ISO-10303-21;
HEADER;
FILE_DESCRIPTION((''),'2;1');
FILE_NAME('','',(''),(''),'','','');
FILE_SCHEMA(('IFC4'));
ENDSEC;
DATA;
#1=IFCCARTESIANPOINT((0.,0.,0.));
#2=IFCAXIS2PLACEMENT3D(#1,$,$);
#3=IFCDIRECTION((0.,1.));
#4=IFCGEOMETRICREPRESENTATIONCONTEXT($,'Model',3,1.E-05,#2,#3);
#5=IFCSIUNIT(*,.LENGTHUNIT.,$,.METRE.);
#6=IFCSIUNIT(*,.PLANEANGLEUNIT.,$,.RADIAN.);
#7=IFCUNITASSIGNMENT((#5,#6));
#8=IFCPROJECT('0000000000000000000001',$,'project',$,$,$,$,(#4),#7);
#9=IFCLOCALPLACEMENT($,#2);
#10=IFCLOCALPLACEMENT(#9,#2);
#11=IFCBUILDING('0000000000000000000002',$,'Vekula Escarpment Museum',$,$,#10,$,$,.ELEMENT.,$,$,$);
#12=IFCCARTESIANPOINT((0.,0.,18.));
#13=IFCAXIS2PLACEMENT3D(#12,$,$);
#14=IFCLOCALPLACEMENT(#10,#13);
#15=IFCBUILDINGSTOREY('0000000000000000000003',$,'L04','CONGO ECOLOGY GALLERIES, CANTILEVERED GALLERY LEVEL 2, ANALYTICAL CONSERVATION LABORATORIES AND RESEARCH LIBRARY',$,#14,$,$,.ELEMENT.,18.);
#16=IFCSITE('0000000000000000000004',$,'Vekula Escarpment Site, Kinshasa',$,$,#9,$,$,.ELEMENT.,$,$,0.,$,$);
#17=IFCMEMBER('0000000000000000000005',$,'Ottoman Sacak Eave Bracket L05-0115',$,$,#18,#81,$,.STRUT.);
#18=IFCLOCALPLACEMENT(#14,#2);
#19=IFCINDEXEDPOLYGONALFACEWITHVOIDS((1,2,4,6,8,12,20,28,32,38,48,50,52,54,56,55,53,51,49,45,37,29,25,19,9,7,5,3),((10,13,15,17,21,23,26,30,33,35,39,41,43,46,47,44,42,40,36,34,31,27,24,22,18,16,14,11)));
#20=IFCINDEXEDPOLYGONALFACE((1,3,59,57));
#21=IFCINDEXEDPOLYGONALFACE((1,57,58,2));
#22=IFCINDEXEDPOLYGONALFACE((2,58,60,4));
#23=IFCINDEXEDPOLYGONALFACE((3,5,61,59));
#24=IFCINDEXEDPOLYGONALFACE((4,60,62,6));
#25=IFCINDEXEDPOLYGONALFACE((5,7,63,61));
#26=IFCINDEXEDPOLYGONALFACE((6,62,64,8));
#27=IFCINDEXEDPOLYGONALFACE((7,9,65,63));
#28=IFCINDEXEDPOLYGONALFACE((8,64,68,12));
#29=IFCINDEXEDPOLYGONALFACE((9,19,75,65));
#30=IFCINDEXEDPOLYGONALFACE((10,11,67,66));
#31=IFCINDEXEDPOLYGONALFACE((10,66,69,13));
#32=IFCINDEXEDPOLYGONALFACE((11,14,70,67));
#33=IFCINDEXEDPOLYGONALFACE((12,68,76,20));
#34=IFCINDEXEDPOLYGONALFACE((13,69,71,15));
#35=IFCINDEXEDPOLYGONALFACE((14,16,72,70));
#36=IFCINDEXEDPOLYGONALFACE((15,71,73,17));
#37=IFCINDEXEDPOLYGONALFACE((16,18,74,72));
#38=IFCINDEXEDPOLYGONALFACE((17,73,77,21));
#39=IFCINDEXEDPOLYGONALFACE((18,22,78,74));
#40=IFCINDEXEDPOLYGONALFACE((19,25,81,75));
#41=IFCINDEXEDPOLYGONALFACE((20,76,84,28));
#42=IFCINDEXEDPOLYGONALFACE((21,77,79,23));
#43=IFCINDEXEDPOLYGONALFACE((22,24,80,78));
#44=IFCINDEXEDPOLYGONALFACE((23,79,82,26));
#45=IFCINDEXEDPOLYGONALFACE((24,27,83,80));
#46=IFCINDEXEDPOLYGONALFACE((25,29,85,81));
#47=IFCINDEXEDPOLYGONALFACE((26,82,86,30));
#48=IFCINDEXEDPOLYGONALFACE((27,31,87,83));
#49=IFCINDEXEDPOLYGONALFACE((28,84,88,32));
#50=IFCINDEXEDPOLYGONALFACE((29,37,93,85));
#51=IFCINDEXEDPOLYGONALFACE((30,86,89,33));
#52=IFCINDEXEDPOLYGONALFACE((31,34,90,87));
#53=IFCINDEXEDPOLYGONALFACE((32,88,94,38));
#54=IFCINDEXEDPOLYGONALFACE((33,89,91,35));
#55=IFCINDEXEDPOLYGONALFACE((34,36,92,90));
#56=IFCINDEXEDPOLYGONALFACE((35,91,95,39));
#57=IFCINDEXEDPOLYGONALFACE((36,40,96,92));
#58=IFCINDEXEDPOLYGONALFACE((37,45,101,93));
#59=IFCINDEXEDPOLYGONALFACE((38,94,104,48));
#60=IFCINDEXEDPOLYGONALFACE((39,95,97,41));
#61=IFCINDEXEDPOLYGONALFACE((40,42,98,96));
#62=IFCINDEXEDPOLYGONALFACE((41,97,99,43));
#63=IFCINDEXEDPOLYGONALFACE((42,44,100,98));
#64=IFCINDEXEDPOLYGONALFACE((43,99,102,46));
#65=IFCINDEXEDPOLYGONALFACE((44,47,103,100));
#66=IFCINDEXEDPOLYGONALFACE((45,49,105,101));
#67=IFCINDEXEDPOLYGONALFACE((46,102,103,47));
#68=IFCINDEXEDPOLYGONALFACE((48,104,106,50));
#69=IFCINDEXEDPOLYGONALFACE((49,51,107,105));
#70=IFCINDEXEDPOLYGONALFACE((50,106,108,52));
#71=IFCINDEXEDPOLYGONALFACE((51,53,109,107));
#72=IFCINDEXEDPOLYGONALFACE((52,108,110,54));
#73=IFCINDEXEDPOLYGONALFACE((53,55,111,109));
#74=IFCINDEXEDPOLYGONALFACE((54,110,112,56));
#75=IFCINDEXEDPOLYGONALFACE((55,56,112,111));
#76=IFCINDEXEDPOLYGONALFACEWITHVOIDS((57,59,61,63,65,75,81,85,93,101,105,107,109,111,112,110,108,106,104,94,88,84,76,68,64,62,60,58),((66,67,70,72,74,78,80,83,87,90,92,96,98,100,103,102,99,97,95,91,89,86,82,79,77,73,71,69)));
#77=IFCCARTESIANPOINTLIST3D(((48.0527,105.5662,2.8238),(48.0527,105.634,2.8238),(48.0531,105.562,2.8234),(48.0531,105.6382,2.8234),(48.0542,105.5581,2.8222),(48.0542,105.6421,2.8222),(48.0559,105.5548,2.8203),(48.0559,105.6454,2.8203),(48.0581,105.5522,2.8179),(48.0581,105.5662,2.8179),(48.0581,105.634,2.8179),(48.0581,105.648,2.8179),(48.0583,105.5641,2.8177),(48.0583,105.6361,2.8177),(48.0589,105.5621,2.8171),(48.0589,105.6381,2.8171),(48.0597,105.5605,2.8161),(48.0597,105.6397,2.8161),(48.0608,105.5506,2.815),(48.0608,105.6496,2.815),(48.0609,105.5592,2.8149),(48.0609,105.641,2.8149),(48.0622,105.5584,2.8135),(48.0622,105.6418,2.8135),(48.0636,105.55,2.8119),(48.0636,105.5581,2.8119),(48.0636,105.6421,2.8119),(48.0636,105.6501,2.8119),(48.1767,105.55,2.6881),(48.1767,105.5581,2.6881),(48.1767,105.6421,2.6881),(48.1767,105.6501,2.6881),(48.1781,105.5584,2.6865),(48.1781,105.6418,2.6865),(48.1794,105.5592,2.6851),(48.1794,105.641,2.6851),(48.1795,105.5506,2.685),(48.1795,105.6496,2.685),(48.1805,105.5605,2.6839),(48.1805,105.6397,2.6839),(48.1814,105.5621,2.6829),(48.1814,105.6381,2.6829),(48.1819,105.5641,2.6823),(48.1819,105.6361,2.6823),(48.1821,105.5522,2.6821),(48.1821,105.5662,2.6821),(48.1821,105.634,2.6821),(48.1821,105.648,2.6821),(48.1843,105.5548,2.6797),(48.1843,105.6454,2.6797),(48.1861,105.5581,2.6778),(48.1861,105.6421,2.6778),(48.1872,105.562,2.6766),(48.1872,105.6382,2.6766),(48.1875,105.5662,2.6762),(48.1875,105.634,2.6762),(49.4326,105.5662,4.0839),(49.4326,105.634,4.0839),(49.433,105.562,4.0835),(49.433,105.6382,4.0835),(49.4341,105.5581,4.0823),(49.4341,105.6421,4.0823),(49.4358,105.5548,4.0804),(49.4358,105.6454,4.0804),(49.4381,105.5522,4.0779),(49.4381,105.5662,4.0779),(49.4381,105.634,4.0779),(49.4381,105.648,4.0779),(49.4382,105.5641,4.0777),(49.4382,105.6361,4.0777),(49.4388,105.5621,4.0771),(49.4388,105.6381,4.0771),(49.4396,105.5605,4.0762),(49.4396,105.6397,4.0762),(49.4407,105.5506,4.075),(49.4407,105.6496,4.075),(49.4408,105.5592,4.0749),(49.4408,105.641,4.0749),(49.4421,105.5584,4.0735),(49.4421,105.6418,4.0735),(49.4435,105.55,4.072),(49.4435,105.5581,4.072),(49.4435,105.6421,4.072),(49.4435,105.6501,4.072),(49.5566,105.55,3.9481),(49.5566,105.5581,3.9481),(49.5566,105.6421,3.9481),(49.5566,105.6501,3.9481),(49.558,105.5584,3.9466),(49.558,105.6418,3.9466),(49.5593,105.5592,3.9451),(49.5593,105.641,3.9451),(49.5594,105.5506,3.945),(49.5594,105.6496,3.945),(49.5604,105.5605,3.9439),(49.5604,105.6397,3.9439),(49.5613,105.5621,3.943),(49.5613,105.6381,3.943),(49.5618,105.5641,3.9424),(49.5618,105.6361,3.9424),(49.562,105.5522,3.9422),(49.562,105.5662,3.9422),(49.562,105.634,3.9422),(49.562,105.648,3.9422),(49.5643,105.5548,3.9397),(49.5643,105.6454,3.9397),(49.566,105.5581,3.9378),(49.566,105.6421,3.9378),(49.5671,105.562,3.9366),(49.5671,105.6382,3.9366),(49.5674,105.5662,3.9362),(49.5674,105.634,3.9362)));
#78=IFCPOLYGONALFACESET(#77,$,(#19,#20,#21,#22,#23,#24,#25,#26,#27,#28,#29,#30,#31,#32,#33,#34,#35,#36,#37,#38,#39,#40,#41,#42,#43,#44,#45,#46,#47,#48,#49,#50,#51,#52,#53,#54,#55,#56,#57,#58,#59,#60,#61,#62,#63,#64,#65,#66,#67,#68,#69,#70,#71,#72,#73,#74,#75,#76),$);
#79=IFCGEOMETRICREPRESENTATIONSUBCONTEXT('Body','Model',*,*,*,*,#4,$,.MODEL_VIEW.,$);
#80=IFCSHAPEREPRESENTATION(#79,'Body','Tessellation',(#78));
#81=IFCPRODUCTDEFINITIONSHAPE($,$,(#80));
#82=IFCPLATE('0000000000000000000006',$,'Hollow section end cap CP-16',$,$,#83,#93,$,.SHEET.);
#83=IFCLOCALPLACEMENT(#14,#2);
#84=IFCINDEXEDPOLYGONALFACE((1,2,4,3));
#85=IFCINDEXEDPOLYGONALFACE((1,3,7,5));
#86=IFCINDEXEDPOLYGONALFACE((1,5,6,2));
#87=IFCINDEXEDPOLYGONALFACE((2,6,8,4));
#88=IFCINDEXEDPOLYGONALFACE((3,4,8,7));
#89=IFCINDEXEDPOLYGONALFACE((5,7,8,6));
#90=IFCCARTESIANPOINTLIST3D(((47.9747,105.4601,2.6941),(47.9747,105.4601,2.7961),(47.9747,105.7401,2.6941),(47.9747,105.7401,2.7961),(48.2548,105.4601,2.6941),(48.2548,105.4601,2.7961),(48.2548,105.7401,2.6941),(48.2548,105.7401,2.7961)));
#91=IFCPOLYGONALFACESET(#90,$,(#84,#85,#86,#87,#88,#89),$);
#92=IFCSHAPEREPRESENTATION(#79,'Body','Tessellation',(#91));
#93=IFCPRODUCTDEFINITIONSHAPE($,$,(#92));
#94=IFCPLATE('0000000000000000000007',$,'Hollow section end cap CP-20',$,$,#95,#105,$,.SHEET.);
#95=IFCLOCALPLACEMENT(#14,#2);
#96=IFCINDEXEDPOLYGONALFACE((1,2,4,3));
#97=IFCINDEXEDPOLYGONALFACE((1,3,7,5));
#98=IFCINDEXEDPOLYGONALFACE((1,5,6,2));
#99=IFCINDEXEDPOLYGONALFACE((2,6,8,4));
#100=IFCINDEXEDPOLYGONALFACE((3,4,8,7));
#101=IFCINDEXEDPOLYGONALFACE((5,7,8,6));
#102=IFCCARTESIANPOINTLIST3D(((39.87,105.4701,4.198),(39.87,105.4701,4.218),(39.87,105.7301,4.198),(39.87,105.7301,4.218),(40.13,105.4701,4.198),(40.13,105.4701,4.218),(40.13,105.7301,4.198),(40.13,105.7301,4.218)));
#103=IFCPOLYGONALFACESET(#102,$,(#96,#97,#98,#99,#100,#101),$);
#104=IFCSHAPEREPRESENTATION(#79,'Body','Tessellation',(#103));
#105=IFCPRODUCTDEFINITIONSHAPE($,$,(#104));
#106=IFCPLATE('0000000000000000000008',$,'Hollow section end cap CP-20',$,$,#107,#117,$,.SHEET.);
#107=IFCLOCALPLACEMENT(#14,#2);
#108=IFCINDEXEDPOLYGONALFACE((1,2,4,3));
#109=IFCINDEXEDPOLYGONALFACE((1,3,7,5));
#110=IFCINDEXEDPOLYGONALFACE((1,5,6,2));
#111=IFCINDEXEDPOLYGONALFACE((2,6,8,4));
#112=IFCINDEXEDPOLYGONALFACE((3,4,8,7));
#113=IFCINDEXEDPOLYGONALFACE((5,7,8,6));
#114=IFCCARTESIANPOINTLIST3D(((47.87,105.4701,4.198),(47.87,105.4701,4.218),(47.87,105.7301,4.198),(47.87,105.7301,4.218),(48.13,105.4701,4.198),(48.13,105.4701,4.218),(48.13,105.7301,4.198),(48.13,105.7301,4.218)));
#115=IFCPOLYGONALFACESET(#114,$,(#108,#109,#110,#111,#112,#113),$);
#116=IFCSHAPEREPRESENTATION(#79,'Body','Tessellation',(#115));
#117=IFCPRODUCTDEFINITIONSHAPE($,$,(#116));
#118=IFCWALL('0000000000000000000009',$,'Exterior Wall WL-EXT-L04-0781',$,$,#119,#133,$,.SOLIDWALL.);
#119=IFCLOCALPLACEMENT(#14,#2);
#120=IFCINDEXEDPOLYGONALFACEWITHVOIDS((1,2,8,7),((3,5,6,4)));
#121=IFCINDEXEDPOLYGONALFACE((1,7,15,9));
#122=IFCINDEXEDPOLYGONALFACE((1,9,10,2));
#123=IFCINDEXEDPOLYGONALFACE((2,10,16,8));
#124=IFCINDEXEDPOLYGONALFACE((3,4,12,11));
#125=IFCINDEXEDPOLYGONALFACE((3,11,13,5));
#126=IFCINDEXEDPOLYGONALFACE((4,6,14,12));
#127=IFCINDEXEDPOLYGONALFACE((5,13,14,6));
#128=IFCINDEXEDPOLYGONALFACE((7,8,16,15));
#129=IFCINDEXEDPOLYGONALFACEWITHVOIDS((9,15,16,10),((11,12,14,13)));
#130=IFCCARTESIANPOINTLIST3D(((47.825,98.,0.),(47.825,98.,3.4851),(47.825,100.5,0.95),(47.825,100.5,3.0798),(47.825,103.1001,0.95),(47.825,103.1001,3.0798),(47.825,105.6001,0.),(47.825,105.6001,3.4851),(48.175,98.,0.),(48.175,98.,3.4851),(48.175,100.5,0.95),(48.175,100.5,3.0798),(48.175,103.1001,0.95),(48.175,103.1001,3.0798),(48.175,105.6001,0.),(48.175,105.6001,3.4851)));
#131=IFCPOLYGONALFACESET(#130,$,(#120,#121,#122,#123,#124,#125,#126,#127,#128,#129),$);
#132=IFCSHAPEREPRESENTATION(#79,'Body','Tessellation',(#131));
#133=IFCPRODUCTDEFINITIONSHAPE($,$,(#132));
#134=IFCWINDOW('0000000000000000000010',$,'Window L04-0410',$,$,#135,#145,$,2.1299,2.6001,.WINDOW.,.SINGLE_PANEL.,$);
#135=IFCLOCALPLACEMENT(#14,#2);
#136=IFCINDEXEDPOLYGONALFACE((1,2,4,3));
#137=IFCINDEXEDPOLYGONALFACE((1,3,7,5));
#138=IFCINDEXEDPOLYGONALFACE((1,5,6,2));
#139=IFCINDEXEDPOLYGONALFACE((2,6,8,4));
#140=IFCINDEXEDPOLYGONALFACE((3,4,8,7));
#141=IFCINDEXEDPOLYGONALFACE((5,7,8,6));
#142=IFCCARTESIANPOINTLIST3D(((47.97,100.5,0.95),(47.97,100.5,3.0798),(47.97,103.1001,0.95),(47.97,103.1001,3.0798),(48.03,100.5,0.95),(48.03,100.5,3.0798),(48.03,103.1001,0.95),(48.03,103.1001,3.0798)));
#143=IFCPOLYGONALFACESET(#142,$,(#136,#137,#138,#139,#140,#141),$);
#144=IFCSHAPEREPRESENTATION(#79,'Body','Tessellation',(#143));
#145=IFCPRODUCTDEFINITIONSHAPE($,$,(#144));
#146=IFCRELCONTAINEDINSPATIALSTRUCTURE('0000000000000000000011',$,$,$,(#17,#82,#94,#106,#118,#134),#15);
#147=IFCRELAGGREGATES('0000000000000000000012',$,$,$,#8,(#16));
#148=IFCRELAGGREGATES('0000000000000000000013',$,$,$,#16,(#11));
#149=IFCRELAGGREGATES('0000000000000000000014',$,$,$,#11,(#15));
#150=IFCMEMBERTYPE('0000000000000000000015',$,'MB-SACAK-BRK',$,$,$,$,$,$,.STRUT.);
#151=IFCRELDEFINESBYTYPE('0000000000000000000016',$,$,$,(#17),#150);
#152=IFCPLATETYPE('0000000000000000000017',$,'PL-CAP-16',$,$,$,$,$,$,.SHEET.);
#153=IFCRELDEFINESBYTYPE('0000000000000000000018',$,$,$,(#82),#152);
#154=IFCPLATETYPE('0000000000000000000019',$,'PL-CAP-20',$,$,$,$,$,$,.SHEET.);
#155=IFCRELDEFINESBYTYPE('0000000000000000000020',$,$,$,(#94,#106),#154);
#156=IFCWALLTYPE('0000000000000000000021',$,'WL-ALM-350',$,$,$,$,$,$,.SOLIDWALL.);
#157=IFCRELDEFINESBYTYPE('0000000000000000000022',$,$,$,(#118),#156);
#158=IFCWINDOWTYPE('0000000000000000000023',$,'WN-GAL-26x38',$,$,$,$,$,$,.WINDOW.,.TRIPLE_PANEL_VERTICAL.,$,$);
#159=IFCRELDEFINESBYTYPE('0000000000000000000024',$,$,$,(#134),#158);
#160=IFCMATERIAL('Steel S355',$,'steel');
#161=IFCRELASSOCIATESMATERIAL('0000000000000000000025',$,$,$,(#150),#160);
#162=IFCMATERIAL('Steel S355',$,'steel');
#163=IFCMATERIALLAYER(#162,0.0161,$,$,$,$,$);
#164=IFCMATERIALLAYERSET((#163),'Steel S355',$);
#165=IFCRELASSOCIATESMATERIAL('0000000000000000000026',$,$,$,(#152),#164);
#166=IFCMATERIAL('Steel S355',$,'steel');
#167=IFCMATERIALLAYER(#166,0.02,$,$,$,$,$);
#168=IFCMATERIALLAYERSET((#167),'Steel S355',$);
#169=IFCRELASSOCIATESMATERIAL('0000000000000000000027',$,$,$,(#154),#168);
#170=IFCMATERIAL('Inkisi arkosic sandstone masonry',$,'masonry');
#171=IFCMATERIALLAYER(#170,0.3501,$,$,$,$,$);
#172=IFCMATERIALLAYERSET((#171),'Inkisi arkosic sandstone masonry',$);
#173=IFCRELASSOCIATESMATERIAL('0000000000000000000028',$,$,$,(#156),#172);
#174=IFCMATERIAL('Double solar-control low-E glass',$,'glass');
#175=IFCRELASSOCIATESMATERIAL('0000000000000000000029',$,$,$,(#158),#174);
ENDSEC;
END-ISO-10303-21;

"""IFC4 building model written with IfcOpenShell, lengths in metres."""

from ifc_helpers import new_model, si_unit, direction, frame, frame_2d, origin, origin_2d, place, context, subcontext, project, spatial, rectangle, hollow_rectangle, extrude, material, layer, layer_set, material_profile, profile_set, type_object, element, fill, save


model = new_model("IFC4")

# Units and contexts
model_context = context("Model", 3, precision=1e-05, world=origin(), true_north=direction((0.0, 1.0)))
body_context = subcontext(model_context, "Body", "Model", "MODEL_VIEW")
ifc_project = project(units=[si_unit("LENGTHUNIT", "METRE"), si_unit("PLANEANGLEUNIT", "RADIAN")], contexts=[model_context])

# Site, building, storey
site_placement = place(None, origin())
site = spatial("IfcSite", under=ifc_project, at=site_placement, Name="Vekula Escarpment Site, Kinshasa", CompositionType="ELEMENT", RefElevation=0.0)
building_placement = place(site_placement, origin())
building = spatial("IfcBuilding", under=site, at=building_placement, Name="Vekula Escarpment Museum", CompositionType="ELEMENT")
storey_placement = place(building_placement, frame((0.0, 0.0, 18.0)))
storey = spatial("IfcBuildingStorey", under=building, at=storey_placement, Name="L04", Description="CONGO ECOLOGY GALLERIES, CANTILEVERED GALLERY LEVEL 2, ANALYTICAL CONSERVATION LABORATORIES AND RESEARCH LIBRARY", CompositionType="ELEMENT", Elevation=18.0)

# Member
ifc_material_1 = material(Name="Steel S355", Category="steel")
ifc_material_profile_1 = material_profile(ifc_material_1, hollow_rectangle(XDim=0.1001, YDim=0.2, WallThickness=0.0081, InnerFilletRadius=0.0081, OuterFilletRadius=0.0161, at=origin_2d()), Name="RHS 200x100x8")
ifc_profile_set_1 = profile_set([ifc_material_profile_1], Name="Steel S355")
member_type = type_object("IfcMemberType", Name="MB-SACAK-BRK", PredefinedType="STRUT", material=ifc_profile_set_1)
member_placement = place(storey_placement, frame((48.1201, 105.6001, 2.75), z_axis=(0.738454, 0.0, 0.674303), x_axis=(0.0, 1.0, 0.0)))
element("IfcMember", 1, at=member_placement, inside=storey, type_object=member_type, Name="Ottoman Sacak Eave Bracket L05-0115", PredefinedType="STRUT", context=body_context, shape_type="SweptSolid", body=[
    extrude(hollow_rectangle(XDim=0.1001, YDim=0.2, WallThickness=0.0081, InnerFilletRadius=0.0081, OuterFilletRadius=0.0161, at=origin_2d()), origin(), (0.0, 0.0, 1.0), 1.8687),
])

# Plates
ifc_material_2 = material(Name="Steel S355", Category="steel")
ifc_layer_1 = layer(ifc_material_2, 0.0161)
ifc_layer_set_1 = layer_set([ifc_layer_1], Name="Steel S355")
plate_type_1 = type_object("IfcPlateType", Name="PL-CAP-16", PredefinedType="SHEET", material=ifc_layer_set_1)
plate_placement = place(storey_placement, frame((48.1147, 105.6001, 2.6941), z_axis=(0.0, 0.0, 1.0), x_axis=(1.0, 0.0, 0.0)))
element("IfcPlate", 2, at=plate_placement, inside=storey, type_object=plate_type_1, Name="Hollow section end cap CP-16", PredefinedType="SHEET", context=body_context, shape_type="SweptSolid", body=[
    extrude(rectangle(XDim=0.28, YDim=0.28, at=origin_2d()), origin(), (0.0, 0.0, 1.0), 0.1021),
])
ifc_material_3 = material(Name="Steel S355", Category="steel")
ifc_layer_2 = layer(ifc_material_3, 0.02)
ifc_layer_set_2 = layer_set([ifc_layer_2], Name="Steel S355")
plate_type_2 = type_object("IfcPlateType", Name="PL-CAP-20", PredefinedType="SHEET", material=ifc_layer_set_2)
for number, where, z_axis, x_axis, name in (
    (3, (40.0, 105.6001, 4.198), (0.0, 0.0, 1.0), (1.0, 0.0, 0.0), "Hollow section end cap CP-20"),
    (4, (48.0, 105.6001, 4.198), (0.0, 0.0, 1.0), (1.0, 0.0, 0.0), "Hollow section end cap CP-20"),
):
    element("IfcPlate", number, at=place(storey_placement, frame(where, z_axis=z_axis, x_axis=x_axis)), inside=storey, type_object=plate_type_2, Name=name, PredefinedType="SHEET", context=body_context, shape_type="SweptSolid", body=[
        extrude(rectangle(XDim=0.26, YDim=0.26, at=origin_2d()), origin(), (0.0, 0.0, 1.0), 0.02),
    ])

# Wall, opening, window
ifc_material_4 = material(Name="Inkisi arkosic sandstone masonry", Category="masonry")
ifc_layer_3 = layer(ifc_material_4, 0.3501)
ifc_layer_set_3 = layer_set([ifc_layer_3], Name="Inkisi arkosic sandstone masonry")
wall_type_1 = type_object("IfcWallType", Name="WL-ALM-350", PredefinedType="SOLIDWALL", material=ifc_layer_set_3)
wall_1_placement = place(storey_placement, frame((48.0, 105.6001, 0.0), z_axis=(0.0, 0.0, 1.0), x_axis=(0.0, -1.0, 0.0)))
wall_1 = element("IfcWall", 5, at=wall_1_placement, inside=storey, type_object=wall_type_1, Name="Exterior Wall WL-EXT-L04-0781", PredefinedType="SOLIDWALL", context=body_context, shape_type="SweptSolid", body=[
    extrude(rectangle(XDim=7.6001, YDim=0.3501, at=frame_2d((3.8, 0.0))), origin(), (0.0, 0.0, 1.0), 3.4851),
])
opening_1_placement = place(wall_1_placement, frame((2.5, 0.0, 0.95)))
opening_1 = element("IfcOpeningElement", 6, at=opening_1_placement, cuts=wall_1, PredefinedType="OPENING", context=body_context, shape_type="SweptSolid", body=[
    extrude(rectangle(XDim=2.6001, YDim=2.1299, at=frame_2d((1.3, 1.0649))), frame((0.0, 0.1851, 0.0), z_axis=(0.0, -1.0, 0.0), x_axis=(1.0, 0.0, 0.0)), (0.0, 0.0, 1.0), 0.3701),
])
ifc_material_5 = material(Name="Double solar-control low-E glass", Category="glass")
window_type_1 = type_object("IfcWindowType", Name="WN-GAL-26x38", PartitioningType="TRIPLE_PANEL_VERTICAL", PredefinedType="WINDOW", material=ifc_material_5)
window_1_placement = place(opening_1_placement, origin())
window_1 = element("IfcWindow", 7, at=window_1_placement, inside=storey, type_object=window_type_1, Name="Window L04-0410", OverallHeight=2.1299, OverallWidth=2.6001, PartitioningType="SINGLE_PANEL", PredefinedType="WINDOW", context=body_context, shape_type="SweptSolid", body=[
    extrude(rectangle(XDim=2.6001, YDim=2.1299, at=frame_2d((1.3, 1.0649))), frame((0.0, 0.03, 0.0), z_axis=(0.0, -1.0, 0.0), x_axis=(1.0, 0.0, 0.0)), (0.0, 0.0, 1.0), 0.0601),
])
fill(opening_1, window_1)

save(model, "model.ifc")
